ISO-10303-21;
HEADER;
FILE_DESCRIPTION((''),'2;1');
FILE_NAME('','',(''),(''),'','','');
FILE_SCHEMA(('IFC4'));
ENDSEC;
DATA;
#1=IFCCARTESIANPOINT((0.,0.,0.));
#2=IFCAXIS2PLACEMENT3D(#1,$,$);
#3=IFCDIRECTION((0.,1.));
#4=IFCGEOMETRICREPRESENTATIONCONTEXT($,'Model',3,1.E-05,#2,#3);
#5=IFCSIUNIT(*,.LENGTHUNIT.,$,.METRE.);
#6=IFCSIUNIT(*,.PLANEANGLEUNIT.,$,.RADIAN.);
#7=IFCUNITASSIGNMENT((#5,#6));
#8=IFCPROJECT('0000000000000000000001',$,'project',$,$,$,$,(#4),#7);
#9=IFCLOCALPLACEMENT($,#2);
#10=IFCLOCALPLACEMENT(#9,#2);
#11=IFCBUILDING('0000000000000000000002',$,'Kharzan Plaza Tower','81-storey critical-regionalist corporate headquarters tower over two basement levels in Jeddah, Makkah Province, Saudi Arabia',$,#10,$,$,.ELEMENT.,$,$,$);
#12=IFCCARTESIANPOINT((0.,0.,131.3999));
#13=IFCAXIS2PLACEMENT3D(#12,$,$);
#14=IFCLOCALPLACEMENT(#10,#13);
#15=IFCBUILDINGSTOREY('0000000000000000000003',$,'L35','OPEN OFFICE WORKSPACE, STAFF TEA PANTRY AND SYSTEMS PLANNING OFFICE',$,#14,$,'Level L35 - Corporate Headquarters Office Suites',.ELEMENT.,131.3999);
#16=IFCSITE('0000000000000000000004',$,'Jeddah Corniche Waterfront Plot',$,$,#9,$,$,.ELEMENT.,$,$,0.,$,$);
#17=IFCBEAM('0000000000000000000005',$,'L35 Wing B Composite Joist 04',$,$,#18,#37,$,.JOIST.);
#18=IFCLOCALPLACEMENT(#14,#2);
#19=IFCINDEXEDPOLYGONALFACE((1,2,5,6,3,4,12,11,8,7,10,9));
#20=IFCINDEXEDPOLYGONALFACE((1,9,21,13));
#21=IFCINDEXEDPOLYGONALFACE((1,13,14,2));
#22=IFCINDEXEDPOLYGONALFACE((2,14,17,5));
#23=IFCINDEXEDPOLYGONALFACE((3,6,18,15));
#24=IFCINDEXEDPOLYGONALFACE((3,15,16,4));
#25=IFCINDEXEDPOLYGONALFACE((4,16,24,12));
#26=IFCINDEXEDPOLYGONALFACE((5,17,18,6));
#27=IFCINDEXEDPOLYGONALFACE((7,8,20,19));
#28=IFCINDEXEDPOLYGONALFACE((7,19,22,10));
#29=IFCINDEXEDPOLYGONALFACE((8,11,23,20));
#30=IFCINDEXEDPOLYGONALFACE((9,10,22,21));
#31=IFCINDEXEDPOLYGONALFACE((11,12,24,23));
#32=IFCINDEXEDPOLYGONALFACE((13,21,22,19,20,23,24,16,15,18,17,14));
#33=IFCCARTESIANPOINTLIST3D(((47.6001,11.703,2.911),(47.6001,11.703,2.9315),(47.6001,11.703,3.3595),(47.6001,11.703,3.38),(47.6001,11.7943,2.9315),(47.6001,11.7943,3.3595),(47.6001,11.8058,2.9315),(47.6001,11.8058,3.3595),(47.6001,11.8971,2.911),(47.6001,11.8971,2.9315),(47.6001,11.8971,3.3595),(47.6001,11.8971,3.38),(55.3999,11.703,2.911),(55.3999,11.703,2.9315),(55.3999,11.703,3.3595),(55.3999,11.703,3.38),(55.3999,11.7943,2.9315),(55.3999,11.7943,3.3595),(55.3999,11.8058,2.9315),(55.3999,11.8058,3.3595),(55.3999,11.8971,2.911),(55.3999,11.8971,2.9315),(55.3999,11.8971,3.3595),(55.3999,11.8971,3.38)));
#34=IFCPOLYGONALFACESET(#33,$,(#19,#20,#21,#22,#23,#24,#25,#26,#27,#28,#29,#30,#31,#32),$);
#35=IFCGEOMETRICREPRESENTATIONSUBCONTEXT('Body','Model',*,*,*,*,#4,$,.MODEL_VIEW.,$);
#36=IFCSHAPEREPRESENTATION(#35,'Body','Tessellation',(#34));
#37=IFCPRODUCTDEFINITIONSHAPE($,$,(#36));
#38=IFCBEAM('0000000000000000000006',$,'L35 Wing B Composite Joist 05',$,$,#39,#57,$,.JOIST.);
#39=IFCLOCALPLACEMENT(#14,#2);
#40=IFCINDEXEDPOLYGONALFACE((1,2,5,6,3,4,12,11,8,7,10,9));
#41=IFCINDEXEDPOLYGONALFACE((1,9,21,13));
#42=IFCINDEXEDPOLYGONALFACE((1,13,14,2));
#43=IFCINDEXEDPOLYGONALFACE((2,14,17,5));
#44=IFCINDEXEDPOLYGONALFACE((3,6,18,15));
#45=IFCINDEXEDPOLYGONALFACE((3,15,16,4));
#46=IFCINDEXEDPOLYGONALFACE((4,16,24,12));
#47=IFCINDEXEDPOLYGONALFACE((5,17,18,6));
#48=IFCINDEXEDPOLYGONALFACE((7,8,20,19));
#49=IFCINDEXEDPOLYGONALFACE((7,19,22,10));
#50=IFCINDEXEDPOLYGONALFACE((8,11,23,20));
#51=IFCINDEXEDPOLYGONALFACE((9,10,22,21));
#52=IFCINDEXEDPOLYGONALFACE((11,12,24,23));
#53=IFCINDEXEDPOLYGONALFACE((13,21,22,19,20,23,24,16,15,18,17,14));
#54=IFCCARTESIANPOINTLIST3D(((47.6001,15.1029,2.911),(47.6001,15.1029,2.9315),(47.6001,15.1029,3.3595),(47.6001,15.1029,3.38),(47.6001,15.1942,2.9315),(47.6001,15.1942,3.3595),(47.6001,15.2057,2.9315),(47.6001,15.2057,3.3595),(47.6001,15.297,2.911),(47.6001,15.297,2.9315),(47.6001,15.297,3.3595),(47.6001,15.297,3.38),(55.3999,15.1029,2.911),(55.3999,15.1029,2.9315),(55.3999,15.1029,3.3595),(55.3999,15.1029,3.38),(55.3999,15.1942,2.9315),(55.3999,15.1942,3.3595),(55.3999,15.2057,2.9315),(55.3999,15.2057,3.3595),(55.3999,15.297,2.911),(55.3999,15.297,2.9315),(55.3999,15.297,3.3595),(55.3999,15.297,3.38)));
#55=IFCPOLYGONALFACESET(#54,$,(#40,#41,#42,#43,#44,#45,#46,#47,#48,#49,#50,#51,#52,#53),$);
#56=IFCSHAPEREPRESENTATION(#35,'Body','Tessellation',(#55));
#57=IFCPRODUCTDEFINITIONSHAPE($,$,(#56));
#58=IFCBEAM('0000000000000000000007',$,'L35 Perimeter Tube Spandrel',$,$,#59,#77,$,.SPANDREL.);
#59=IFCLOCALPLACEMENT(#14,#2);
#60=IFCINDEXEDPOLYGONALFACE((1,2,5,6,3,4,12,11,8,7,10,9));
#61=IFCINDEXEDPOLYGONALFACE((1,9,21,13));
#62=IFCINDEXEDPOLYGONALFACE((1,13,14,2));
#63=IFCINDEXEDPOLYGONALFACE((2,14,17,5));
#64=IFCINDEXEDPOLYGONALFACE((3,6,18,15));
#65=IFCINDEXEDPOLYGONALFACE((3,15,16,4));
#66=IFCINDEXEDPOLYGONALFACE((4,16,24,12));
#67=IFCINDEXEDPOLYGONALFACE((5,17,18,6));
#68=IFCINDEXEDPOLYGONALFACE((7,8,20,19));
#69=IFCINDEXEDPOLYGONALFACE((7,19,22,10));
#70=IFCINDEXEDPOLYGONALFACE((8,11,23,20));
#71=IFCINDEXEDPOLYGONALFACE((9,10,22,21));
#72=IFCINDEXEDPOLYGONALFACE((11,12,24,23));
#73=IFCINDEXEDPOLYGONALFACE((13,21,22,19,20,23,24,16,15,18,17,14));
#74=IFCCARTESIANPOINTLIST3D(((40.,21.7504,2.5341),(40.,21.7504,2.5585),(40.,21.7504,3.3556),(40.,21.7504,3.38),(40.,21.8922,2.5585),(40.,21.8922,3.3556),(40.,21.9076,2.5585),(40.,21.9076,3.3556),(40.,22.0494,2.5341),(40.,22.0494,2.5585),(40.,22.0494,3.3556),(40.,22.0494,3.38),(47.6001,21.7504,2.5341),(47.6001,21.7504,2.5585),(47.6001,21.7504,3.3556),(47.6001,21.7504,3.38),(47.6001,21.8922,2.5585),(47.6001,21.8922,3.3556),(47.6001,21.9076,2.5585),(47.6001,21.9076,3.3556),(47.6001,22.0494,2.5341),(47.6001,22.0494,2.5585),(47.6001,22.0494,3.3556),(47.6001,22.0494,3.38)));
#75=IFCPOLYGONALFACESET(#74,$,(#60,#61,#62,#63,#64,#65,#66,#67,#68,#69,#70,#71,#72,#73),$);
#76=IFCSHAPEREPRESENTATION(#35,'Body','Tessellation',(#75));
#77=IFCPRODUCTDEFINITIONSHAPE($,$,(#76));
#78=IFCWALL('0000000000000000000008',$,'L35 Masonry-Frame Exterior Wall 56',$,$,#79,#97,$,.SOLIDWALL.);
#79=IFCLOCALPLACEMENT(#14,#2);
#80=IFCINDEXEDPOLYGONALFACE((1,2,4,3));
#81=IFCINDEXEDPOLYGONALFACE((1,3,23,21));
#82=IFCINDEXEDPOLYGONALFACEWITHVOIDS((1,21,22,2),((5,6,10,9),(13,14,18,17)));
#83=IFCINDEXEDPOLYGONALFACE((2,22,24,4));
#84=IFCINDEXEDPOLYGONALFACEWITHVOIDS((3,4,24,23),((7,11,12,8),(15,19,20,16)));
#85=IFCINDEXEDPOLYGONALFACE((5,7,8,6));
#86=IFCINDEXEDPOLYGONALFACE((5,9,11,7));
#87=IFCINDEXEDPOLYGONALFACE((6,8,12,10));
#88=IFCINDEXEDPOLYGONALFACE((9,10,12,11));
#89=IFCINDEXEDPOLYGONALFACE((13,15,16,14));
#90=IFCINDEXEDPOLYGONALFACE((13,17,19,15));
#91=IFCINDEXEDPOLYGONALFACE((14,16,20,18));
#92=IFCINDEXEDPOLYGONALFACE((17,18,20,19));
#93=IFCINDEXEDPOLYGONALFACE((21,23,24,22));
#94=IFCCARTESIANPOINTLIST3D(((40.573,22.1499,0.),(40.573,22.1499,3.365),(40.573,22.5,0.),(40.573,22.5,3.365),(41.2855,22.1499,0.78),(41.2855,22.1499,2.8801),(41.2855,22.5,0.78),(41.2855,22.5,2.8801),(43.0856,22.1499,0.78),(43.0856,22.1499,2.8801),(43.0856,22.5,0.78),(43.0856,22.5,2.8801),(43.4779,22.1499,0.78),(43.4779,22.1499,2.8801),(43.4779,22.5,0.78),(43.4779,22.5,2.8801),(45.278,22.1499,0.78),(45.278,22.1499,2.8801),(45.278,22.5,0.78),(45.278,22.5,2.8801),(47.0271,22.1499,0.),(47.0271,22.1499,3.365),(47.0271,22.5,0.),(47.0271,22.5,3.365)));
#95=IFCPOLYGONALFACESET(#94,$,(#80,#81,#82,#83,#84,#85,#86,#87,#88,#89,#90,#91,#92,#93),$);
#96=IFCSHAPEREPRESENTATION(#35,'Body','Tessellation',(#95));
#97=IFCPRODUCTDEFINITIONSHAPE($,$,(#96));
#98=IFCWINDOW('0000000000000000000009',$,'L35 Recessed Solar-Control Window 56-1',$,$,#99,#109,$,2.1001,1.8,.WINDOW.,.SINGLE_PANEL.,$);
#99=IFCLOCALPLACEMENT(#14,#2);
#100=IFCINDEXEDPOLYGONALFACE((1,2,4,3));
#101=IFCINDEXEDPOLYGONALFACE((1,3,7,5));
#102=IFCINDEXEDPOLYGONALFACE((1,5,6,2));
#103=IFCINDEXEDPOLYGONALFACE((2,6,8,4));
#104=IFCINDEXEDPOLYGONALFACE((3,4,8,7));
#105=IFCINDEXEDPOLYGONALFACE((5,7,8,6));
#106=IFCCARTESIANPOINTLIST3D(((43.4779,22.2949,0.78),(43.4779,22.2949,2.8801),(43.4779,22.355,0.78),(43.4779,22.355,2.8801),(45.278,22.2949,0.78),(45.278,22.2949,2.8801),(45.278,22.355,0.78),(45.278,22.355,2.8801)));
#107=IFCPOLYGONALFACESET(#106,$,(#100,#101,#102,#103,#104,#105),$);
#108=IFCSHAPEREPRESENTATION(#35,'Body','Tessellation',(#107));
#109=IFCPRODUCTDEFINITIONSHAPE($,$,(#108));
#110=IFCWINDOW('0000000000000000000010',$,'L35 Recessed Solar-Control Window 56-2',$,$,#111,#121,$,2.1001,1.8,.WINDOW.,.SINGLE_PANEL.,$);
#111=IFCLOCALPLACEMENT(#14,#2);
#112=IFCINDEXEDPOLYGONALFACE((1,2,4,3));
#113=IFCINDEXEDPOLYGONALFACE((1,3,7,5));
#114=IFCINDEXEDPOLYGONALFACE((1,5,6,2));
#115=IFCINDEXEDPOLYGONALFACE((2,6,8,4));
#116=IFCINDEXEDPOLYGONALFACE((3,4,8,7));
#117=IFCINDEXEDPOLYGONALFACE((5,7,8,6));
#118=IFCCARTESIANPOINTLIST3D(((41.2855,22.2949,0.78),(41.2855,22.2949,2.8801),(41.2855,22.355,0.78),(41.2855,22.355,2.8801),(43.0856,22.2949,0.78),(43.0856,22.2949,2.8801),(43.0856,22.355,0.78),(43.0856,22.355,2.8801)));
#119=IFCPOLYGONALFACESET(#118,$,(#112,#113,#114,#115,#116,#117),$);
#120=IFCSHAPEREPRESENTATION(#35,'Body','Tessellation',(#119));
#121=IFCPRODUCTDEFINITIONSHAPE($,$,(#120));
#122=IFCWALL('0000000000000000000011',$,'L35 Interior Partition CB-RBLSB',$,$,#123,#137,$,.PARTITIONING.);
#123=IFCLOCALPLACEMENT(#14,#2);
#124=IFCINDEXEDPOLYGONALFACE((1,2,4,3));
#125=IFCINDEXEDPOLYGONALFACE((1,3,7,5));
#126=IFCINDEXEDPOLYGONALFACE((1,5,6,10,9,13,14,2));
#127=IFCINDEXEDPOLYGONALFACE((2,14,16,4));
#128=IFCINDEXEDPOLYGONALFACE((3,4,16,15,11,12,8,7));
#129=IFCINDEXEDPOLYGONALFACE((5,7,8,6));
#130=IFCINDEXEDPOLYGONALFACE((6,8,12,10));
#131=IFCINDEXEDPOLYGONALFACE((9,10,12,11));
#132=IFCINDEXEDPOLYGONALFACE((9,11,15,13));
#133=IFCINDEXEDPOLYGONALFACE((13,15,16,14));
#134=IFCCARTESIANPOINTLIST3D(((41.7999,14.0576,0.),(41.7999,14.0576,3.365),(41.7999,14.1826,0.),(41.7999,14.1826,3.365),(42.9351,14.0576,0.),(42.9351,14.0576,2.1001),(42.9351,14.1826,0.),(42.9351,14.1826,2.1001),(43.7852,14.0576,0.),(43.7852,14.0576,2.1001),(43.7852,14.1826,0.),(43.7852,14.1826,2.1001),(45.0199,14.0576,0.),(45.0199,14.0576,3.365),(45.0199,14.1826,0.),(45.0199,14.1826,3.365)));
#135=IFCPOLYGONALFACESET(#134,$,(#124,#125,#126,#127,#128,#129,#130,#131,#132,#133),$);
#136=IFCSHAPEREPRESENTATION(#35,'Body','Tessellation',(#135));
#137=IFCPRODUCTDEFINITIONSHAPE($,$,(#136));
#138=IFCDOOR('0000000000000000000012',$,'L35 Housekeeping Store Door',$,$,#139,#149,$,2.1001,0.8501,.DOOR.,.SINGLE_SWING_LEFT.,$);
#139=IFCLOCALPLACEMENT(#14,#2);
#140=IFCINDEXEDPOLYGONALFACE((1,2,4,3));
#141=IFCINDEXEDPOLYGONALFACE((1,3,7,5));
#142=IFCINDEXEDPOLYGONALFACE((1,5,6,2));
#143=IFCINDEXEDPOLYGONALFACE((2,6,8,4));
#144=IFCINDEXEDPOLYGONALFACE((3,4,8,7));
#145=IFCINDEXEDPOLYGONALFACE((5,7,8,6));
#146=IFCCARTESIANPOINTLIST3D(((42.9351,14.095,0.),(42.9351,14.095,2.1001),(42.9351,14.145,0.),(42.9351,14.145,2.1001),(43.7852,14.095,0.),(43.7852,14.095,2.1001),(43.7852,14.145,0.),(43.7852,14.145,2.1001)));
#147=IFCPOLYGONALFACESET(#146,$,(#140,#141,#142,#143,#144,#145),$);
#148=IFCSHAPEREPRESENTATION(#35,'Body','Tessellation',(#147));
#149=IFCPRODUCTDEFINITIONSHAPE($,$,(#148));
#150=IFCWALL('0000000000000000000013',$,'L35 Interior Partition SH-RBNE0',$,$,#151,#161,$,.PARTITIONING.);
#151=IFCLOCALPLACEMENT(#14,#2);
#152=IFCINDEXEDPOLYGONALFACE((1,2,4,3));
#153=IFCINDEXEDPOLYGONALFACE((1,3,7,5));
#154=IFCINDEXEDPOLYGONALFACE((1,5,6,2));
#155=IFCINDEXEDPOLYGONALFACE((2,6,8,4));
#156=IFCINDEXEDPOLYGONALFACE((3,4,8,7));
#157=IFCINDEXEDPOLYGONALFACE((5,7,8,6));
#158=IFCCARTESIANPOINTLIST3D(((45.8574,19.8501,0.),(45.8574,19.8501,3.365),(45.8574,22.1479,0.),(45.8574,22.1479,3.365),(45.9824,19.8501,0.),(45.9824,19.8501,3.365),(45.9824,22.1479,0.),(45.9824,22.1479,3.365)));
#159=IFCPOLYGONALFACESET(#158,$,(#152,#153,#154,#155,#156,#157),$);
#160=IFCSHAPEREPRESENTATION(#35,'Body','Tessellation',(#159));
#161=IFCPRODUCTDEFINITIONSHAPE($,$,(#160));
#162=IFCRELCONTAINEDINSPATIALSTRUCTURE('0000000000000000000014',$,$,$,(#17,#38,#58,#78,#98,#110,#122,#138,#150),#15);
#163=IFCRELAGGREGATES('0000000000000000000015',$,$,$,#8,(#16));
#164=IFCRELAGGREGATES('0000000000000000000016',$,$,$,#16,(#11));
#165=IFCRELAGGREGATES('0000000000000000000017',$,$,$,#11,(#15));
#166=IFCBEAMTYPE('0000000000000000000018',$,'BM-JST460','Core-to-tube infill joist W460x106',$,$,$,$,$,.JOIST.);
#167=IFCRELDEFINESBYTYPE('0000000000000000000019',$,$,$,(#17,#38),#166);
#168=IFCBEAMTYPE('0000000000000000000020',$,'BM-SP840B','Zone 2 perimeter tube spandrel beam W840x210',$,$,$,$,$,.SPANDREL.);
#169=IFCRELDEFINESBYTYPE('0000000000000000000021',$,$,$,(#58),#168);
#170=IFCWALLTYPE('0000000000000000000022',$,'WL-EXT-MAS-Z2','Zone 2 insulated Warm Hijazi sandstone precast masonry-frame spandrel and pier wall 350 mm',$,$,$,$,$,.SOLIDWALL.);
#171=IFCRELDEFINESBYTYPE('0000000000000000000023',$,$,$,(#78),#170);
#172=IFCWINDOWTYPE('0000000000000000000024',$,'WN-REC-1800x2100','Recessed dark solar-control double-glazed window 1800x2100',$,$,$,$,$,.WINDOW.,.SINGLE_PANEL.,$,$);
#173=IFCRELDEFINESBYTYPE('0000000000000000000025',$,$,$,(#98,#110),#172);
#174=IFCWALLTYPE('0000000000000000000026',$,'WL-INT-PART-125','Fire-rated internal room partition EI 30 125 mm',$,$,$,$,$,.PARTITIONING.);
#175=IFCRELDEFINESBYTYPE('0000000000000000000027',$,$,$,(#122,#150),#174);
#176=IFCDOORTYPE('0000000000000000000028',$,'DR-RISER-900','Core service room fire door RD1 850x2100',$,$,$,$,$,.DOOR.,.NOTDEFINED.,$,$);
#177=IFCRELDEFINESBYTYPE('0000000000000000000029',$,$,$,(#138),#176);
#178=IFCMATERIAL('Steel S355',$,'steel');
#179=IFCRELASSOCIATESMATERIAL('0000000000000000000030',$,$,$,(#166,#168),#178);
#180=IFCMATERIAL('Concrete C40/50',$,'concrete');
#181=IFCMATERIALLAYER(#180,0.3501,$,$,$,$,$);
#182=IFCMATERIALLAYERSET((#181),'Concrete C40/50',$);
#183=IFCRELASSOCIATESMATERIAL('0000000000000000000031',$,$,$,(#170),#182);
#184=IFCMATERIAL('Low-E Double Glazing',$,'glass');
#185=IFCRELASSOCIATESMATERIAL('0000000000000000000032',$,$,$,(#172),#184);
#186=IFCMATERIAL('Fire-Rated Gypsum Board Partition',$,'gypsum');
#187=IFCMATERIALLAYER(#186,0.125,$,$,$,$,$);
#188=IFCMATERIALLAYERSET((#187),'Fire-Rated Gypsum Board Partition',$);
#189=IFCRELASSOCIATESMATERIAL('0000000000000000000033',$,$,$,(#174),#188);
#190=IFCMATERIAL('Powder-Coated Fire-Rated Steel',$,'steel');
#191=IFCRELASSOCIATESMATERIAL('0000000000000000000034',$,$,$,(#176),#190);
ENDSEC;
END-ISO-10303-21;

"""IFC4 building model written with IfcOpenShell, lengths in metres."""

from ifc_helpers import new_model, si_unit, direction, frame, frame_2d, origin, origin_2d, place, context, subcontext, project, spatial, rectangle, i_section, extrude, source, transform, mapped, material, layer, layer_set, material_profile, profile_set, type_object, element, fill, save


model = new_model("IFC4")

# Units and contexts
model_context = context("Model", 3, precision=1e-05, world=origin(), true_north=direction((0.0, 1.0)))
body_context = subcontext(model_context, "Body", "Model", "MODEL_VIEW")
ifc_project = project(units=[si_unit("LENGTHUNIT", "METRE"), si_unit("PLANEANGLEUNIT", "RADIAN")], contexts=[model_context])

# Site, building, storey
site_placement = place(None, origin())
site = spatial("IfcSite", under=ifc_project, at=site_placement, Name="Jeddah Corniche Waterfront Plot", CompositionType="ELEMENT", RefElevation=0.0)
building_placement = place(site_placement, origin())
building = spatial("IfcBuilding", under=site, at=building_placement, Name="Kharzan Plaza Tower", Description="81-storey critical-regionalist corporate headquarters tower over two basement levels in Jeddah, Makkah Province, Saudi Arabia", CompositionType="ELEMENT")
storey_placement = place(building_placement, frame((0.0, 0.0, 131.3999)))
storey = spatial("IfcBuildingStorey", under=building, at=storey_placement, Name="L35", Description="OPEN OFFICE WORKSPACE, STAFF TEA PANTRY AND SYSTEMS PLANNING OFFICE", LongName="Level L35 - Corporate Headquarters Office Suites", CompositionType="ELEMENT", Elevation=131.3999)

# Beams
ifc_material_1 = material(Name="Steel S355", Category="steel")
ifc_material_profile_1 = material_profile(ifc_material_1, i_section(OverallWidth=0.1941, OverallDepth=0.469, WebThickness=0.0115, FlangeThickness=0.0205, at=origin_2d()), Name="W460x106")
ifc_profile_set_1 = profile_set([ifc_material_profile_1], Name="Steel S355")
beam_type_1 = type_object("IfcBeamType", Name="BM-JST460", Description="Core-to-tube infill joist W460x106", PredefinedType="JOIST", material=ifc_profile_set_1)
shared_shape_1 = source(origin(), body_context, "Body", "SweptSolid", [
    extrude(i_section(OverallWidth=0.1941, OverallDepth=0.469, WebThickness=0.0115, FlangeThickness=0.0205, at=origin_2d()), origin(), (0.0, 0.0, 1.0), 7.7998),
])
for number, where, z_axis, x_axis, name in (
    (1, (47.6001, 11.8, 3.1455), (1.0, 0.0, 0.0), (0.0, 1.0, 0.0), "L35 Wing B Composite Joist 04"),
    (2, (47.6001, 15.2, 3.1455), (1.0, 0.0, 0.0), (0.0, 1.0, 0.0), "L35 Wing B Composite Joist 05"),
):
    element("IfcBeam", number, at=place(storey_placement, frame(where, z_axis=z_axis, x_axis=x_axis)), inside=storey, type_object=beam_type_1, Name=name, PredefinedType="JOIST", context=body_context, shape_type="MappedRepresentation", body=[
        mapped(shared_shape_1, transform((0.0, 0.0, 0.0), x_axis=(1.0, 0.0, 0.0), y_axis=(0.0, 1.0, 0.0), z_axis=(0.0, 0.0, 1.0))),
    ])
ifc_material_profile_2 = material_profile(ifc_material_1, i_section(OverallWidth=0.2991, OverallDepth=0.8459, WebThickness=0.0154, FlangeThickness=0.0244, at=origin_2d()), Name="W840x210")
ifc_profile_set_2 = profile_set([ifc_material_profile_2], Name="Steel S355")
beam_type_2 = type_object("IfcBeamType", Name="BM-SP840B", Description="Zone 2 perimeter tube spandrel beam W840x210", PredefinedType="SPANDREL", material=ifc_profile_set_2)
shared_shape_2 = source(origin(), body_context, "Body", "SweptSolid", [
    extrude(i_section(OverallWidth=0.2991, OverallDepth=0.8459, WebThickness=0.0154, FlangeThickness=0.0244, at=origin_2d()), origin(), (0.0, 0.0, 1.0), 7.6001),
])
beam_1_placement = place(storey_placement, frame((40.0, 21.8999, 2.957), z_axis=(1.0, 0.0, 0.0), x_axis=(0.0, 1.0, 0.0)))
element("IfcBeam", 3, at=beam_1_placement, inside=storey, type_object=beam_type_2, Name="L35 Perimeter Tube Spandrel", PredefinedType="SPANDREL", context=body_context, shape_type="MappedRepresentation", body=[
    mapped(shared_shape_2, transform((0.0, 0.0, 0.0), x_axis=(1.0, 0.0, 0.0), y_axis=(0.0, 1.0, 0.0), z_axis=(0.0, 0.0, 1.0))),
])

# Wall, openings, windows
ifc_material_2 = material(Name="Concrete C40/50", Category="concrete")
ifc_layer_1 = layer(ifc_material_2, 0.3501)
ifc_layer_set_1 = layer_set([ifc_layer_1], Name="Concrete C40/50")
wall_type_1 = type_object("IfcWallType", Name="WL-EXT-MAS-Z2", Description="Zone 2 insulated Warm Hijazi sandstone precast masonry-frame spandrel and pier wall 350 mm", PredefinedType="SOLIDWALL", material=ifc_layer_set_1)
wall_1_placement = place(storey_placement, frame((47.0271, 22.325, 0.0), z_axis=(0.0, 0.0, 1.0), x_axis=(-1.0, 0.0, 0.0)))
wall_1 = element("IfcWall", 4, at=wall_1_placement, inside=storey, type_object=wall_type_1, Name="L35 Masonry-Frame Exterior Wall 56", PredefinedType="SOLIDWALL", context=body_context, shape_type="SweptSolid", body=[
    extrude(rectangle(XDim=6.4541, YDim=0.3501, at=frame_2d((3.2271, 0.0))), origin(), (0.0, 0.0, 1.0), 3.365),
])
opening_1_placement = place(wall_1_placement, frame((1.7493, 0.0, 0.78)))
opening_1 = element("IfcOpeningElement", 5, at=opening_1_placement, cuts=wall_1, PredefinedType="OPENING", context=body_context, shape_type="SweptSolid", body=[
    extrude(rectangle(XDim=1.8, YDim=2.1001, at=frame_2d((0.8999, 1.05))), frame((0.0, 0.1851, 0.0), z_axis=(0.0, -1.0, 0.0), x_axis=(1.0, 0.0, 0.0)), (0.0, 0.0, 1.0), 0.3701),
])
opening_2_placement = place(wall_1_placement, frame((3.9417, 0.0, 0.78)))
opening_2 = element("IfcOpeningElement", 6, at=opening_2_placement, cuts=wall_1, PredefinedType="OPENING", context=body_context, shape_type="SweptSolid", body=[
    extrude(rectangle(XDim=1.8, YDim=2.1001, at=frame_2d((0.8999, 1.05))), frame((0.0, 0.1851, 0.0), z_axis=(0.0, -1.0, 0.0), x_axis=(1.0, 0.0, 0.0)), (0.0, 0.0, 1.0), 0.3701),
])
ifc_material_3 = material(Name="Low-E Double Glazing", Category="glass")
window_type = type_object("IfcWindowType", Name="WN-REC-1800x2100", Description="Recessed dark solar-control double-glazed window 1800x2100", PartitioningType="SINGLE_PANEL", PredefinedType="WINDOW", material=ifc_material_3)
shared_shape_3 = source(origin(), body_context, "Body", "SweptSolid", [
    extrude(rectangle(XDim=1.8, YDim=2.1001, at=frame_2d((0.8999, 1.05))), frame((0.0, 0.03, 0.0), z_axis=(0.0, -1.0, 0.0), x_axis=(1.0, 0.0, 0.0)), (0.0, 0.0, 1.0), 0.0601),
])
window_1_placement = place(opening_1_placement, origin())
window_1 = element("IfcWindow", 7, at=window_1_placement, inside=storey, type_object=window_type, Name="L35 Recessed Solar-Control Window 56-1", OverallHeight=2.1001, OverallWidth=1.8, PartitioningType="SINGLE_PANEL", PredefinedType="WINDOW", context=body_context, shape_type="MappedRepresentation", body=[
    mapped(shared_shape_3, transform((0.0, 0.0, 0.0), x_axis=(1.0, 0.0, 0.0), y_axis=(0.0, 1.0, 0.0), z_axis=(0.0, 0.0, 1.0))),
])
fill(opening_1, window_1)
window_2_placement = place(opening_2_placement, origin())
window_2 = element("IfcWindow", 8, at=window_2_placement, inside=storey, type_object=window_type, Name="L35 Recessed Solar-Control Window 56-2", OverallHeight=2.1001, OverallWidth=1.8, PartitioningType="SINGLE_PANEL", PredefinedType="WINDOW", context=body_context, shape_type="MappedRepresentation", body=[
    mapped(shared_shape_3, transform((0.0, 0.0, 0.0), x_axis=(1.0, 0.0, 0.0), y_axis=(0.0, 1.0, 0.0), z_axis=(0.0, 0.0, 1.0))),
])
fill(opening_2, window_2)

# Wall, opening, door
ifc_material_4 = material(Name="Fire-Rated Gypsum Board Partition", Category="gypsum")
ifc_layer_2 = layer(ifc_material_4, 0.125)
ifc_layer_set_2 = layer_set([ifc_layer_2], Name="Fire-Rated Gypsum Board Partition")
wall_type_2 = type_object("IfcWallType", Name="WL-INT-PART-125", Description="Fire-rated internal room partition EI 30 125 mm", PredefinedType="PARTITIONING", material=ifc_layer_set_2)
wall_2_placement = place(storey_placement, frame((41.8, 14.1201, 0.0), z_axis=(0.0, 0.0, 1.0), x_axis=(1.0, 0.0, 0.0)))
wall_2 = element("IfcWall", 9, at=wall_2_placement, inside=storey, type_object=wall_type_2, Name="L35 Interior Partition CB-RBLSB", PredefinedType="PARTITIONING", context=body_context, shape_type="SweptSolid", body=[
    extrude(rectangle(XDim=3.22, YDim=0.125, at=frame_2d((1.6099, 0.0))), origin(), (0.0, 0.0, 1.0), 3.365),
])
opening_3_placement = place(wall_2_placement, frame((1.135, 0.0, 0.0)))
opening_3 = element("IfcOpeningElement", 10, at=opening_3_placement, cuts=wall_2, PredefinedType="OPENING", context=body_context, shape_type="SweptSolid", body=[
    extrude(rectangle(XDim=0.8501, YDim=2.1001, at=frame_2d((0.425, 1.05))), frame((0.0, 0.0725, 0.0), z_axis=(0.0, -1.0, 0.0), x_axis=(1.0, 0.0, 0.0)), (0.0, 0.0, 1.0), 0.145),
])
ifc_material_5 = material(Name="Powder-Coated Fire-Rated Steel", Category="steel")
door_type_1 = type_object("IfcDoorType", Name="DR-RISER-900", Description="Core service room fire door RD1 850x2100", OperationType="NOTDEFINED", PredefinedType="DOOR", material=ifc_material_5)
shared_shape_4 = source(origin(), body_context, "Body", "SweptSolid", [
    extrude(rectangle(XDim=0.8501, YDim=2.1001, at=frame_2d((0.425, 1.05))), frame((0.0, 0.0249, 0.0), z_axis=(0.0, -1.0, 0.0), x_axis=(1.0, 0.0, 0.0)), (0.0, 0.0, 1.0), 0.05),
])
door_1_placement = place(opening_3_placement, origin())
door_1 = element("IfcDoor", 11, at=door_1_placement, inside=storey, type_object=door_type_1, Name="L35 Housekeeping Store Door", OperationType="SINGLE_SWING_LEFT", OverallHeight=2.1001, OverallWidth=0.8501, PredefinedType="DOOR", context=body_context, shape_type="MappedRepresentation", body=[
    mapped(shared_shape_4, transform((0.0, 0.0, 0.0), x_axis=(1.0, 0.0, 0.0), y_axis=(0.0, 1.0, 0.0), z_axis=(0.0, 0.0, 1.0))),
])
fill(opening_3, door_1)

# Wall
shared_shape_5 = source(origin(), body_context, "Body", "SweptSolid", [
    extrude(rectangle(XDim=2.2979, YDim=0.125, at=frame_2d((1.1489, 0.0))), origin(), (0.0, 0.0, 1.0), 3.365),
])
wall_3_placement = place(storey_placement, frame((45.9199, 19.8501, 0.0), z_axis=(0.0, 0.0, 1.0), x_axis=(0.0, 1.0, 0.0)))
element("IfcWall", 12, at=wall_3_placement, inside=storey, type_object=wall_type_2, Name="L35 Interior Partition SH-RBNE0", PredefinedType="PARTITIONING", context=body_context, shape_type="MappedRepresentation", body=[
    mapped(shared_shape_5, transform((0.0, 0.0, 0.0), x_axis=(1.0, 0.0, 0.0), y_axis=(0.0, 1.0, 0.0), z_axis=(0.0, 0.0, 1.0))),
])

save(model, "model.ifc")
